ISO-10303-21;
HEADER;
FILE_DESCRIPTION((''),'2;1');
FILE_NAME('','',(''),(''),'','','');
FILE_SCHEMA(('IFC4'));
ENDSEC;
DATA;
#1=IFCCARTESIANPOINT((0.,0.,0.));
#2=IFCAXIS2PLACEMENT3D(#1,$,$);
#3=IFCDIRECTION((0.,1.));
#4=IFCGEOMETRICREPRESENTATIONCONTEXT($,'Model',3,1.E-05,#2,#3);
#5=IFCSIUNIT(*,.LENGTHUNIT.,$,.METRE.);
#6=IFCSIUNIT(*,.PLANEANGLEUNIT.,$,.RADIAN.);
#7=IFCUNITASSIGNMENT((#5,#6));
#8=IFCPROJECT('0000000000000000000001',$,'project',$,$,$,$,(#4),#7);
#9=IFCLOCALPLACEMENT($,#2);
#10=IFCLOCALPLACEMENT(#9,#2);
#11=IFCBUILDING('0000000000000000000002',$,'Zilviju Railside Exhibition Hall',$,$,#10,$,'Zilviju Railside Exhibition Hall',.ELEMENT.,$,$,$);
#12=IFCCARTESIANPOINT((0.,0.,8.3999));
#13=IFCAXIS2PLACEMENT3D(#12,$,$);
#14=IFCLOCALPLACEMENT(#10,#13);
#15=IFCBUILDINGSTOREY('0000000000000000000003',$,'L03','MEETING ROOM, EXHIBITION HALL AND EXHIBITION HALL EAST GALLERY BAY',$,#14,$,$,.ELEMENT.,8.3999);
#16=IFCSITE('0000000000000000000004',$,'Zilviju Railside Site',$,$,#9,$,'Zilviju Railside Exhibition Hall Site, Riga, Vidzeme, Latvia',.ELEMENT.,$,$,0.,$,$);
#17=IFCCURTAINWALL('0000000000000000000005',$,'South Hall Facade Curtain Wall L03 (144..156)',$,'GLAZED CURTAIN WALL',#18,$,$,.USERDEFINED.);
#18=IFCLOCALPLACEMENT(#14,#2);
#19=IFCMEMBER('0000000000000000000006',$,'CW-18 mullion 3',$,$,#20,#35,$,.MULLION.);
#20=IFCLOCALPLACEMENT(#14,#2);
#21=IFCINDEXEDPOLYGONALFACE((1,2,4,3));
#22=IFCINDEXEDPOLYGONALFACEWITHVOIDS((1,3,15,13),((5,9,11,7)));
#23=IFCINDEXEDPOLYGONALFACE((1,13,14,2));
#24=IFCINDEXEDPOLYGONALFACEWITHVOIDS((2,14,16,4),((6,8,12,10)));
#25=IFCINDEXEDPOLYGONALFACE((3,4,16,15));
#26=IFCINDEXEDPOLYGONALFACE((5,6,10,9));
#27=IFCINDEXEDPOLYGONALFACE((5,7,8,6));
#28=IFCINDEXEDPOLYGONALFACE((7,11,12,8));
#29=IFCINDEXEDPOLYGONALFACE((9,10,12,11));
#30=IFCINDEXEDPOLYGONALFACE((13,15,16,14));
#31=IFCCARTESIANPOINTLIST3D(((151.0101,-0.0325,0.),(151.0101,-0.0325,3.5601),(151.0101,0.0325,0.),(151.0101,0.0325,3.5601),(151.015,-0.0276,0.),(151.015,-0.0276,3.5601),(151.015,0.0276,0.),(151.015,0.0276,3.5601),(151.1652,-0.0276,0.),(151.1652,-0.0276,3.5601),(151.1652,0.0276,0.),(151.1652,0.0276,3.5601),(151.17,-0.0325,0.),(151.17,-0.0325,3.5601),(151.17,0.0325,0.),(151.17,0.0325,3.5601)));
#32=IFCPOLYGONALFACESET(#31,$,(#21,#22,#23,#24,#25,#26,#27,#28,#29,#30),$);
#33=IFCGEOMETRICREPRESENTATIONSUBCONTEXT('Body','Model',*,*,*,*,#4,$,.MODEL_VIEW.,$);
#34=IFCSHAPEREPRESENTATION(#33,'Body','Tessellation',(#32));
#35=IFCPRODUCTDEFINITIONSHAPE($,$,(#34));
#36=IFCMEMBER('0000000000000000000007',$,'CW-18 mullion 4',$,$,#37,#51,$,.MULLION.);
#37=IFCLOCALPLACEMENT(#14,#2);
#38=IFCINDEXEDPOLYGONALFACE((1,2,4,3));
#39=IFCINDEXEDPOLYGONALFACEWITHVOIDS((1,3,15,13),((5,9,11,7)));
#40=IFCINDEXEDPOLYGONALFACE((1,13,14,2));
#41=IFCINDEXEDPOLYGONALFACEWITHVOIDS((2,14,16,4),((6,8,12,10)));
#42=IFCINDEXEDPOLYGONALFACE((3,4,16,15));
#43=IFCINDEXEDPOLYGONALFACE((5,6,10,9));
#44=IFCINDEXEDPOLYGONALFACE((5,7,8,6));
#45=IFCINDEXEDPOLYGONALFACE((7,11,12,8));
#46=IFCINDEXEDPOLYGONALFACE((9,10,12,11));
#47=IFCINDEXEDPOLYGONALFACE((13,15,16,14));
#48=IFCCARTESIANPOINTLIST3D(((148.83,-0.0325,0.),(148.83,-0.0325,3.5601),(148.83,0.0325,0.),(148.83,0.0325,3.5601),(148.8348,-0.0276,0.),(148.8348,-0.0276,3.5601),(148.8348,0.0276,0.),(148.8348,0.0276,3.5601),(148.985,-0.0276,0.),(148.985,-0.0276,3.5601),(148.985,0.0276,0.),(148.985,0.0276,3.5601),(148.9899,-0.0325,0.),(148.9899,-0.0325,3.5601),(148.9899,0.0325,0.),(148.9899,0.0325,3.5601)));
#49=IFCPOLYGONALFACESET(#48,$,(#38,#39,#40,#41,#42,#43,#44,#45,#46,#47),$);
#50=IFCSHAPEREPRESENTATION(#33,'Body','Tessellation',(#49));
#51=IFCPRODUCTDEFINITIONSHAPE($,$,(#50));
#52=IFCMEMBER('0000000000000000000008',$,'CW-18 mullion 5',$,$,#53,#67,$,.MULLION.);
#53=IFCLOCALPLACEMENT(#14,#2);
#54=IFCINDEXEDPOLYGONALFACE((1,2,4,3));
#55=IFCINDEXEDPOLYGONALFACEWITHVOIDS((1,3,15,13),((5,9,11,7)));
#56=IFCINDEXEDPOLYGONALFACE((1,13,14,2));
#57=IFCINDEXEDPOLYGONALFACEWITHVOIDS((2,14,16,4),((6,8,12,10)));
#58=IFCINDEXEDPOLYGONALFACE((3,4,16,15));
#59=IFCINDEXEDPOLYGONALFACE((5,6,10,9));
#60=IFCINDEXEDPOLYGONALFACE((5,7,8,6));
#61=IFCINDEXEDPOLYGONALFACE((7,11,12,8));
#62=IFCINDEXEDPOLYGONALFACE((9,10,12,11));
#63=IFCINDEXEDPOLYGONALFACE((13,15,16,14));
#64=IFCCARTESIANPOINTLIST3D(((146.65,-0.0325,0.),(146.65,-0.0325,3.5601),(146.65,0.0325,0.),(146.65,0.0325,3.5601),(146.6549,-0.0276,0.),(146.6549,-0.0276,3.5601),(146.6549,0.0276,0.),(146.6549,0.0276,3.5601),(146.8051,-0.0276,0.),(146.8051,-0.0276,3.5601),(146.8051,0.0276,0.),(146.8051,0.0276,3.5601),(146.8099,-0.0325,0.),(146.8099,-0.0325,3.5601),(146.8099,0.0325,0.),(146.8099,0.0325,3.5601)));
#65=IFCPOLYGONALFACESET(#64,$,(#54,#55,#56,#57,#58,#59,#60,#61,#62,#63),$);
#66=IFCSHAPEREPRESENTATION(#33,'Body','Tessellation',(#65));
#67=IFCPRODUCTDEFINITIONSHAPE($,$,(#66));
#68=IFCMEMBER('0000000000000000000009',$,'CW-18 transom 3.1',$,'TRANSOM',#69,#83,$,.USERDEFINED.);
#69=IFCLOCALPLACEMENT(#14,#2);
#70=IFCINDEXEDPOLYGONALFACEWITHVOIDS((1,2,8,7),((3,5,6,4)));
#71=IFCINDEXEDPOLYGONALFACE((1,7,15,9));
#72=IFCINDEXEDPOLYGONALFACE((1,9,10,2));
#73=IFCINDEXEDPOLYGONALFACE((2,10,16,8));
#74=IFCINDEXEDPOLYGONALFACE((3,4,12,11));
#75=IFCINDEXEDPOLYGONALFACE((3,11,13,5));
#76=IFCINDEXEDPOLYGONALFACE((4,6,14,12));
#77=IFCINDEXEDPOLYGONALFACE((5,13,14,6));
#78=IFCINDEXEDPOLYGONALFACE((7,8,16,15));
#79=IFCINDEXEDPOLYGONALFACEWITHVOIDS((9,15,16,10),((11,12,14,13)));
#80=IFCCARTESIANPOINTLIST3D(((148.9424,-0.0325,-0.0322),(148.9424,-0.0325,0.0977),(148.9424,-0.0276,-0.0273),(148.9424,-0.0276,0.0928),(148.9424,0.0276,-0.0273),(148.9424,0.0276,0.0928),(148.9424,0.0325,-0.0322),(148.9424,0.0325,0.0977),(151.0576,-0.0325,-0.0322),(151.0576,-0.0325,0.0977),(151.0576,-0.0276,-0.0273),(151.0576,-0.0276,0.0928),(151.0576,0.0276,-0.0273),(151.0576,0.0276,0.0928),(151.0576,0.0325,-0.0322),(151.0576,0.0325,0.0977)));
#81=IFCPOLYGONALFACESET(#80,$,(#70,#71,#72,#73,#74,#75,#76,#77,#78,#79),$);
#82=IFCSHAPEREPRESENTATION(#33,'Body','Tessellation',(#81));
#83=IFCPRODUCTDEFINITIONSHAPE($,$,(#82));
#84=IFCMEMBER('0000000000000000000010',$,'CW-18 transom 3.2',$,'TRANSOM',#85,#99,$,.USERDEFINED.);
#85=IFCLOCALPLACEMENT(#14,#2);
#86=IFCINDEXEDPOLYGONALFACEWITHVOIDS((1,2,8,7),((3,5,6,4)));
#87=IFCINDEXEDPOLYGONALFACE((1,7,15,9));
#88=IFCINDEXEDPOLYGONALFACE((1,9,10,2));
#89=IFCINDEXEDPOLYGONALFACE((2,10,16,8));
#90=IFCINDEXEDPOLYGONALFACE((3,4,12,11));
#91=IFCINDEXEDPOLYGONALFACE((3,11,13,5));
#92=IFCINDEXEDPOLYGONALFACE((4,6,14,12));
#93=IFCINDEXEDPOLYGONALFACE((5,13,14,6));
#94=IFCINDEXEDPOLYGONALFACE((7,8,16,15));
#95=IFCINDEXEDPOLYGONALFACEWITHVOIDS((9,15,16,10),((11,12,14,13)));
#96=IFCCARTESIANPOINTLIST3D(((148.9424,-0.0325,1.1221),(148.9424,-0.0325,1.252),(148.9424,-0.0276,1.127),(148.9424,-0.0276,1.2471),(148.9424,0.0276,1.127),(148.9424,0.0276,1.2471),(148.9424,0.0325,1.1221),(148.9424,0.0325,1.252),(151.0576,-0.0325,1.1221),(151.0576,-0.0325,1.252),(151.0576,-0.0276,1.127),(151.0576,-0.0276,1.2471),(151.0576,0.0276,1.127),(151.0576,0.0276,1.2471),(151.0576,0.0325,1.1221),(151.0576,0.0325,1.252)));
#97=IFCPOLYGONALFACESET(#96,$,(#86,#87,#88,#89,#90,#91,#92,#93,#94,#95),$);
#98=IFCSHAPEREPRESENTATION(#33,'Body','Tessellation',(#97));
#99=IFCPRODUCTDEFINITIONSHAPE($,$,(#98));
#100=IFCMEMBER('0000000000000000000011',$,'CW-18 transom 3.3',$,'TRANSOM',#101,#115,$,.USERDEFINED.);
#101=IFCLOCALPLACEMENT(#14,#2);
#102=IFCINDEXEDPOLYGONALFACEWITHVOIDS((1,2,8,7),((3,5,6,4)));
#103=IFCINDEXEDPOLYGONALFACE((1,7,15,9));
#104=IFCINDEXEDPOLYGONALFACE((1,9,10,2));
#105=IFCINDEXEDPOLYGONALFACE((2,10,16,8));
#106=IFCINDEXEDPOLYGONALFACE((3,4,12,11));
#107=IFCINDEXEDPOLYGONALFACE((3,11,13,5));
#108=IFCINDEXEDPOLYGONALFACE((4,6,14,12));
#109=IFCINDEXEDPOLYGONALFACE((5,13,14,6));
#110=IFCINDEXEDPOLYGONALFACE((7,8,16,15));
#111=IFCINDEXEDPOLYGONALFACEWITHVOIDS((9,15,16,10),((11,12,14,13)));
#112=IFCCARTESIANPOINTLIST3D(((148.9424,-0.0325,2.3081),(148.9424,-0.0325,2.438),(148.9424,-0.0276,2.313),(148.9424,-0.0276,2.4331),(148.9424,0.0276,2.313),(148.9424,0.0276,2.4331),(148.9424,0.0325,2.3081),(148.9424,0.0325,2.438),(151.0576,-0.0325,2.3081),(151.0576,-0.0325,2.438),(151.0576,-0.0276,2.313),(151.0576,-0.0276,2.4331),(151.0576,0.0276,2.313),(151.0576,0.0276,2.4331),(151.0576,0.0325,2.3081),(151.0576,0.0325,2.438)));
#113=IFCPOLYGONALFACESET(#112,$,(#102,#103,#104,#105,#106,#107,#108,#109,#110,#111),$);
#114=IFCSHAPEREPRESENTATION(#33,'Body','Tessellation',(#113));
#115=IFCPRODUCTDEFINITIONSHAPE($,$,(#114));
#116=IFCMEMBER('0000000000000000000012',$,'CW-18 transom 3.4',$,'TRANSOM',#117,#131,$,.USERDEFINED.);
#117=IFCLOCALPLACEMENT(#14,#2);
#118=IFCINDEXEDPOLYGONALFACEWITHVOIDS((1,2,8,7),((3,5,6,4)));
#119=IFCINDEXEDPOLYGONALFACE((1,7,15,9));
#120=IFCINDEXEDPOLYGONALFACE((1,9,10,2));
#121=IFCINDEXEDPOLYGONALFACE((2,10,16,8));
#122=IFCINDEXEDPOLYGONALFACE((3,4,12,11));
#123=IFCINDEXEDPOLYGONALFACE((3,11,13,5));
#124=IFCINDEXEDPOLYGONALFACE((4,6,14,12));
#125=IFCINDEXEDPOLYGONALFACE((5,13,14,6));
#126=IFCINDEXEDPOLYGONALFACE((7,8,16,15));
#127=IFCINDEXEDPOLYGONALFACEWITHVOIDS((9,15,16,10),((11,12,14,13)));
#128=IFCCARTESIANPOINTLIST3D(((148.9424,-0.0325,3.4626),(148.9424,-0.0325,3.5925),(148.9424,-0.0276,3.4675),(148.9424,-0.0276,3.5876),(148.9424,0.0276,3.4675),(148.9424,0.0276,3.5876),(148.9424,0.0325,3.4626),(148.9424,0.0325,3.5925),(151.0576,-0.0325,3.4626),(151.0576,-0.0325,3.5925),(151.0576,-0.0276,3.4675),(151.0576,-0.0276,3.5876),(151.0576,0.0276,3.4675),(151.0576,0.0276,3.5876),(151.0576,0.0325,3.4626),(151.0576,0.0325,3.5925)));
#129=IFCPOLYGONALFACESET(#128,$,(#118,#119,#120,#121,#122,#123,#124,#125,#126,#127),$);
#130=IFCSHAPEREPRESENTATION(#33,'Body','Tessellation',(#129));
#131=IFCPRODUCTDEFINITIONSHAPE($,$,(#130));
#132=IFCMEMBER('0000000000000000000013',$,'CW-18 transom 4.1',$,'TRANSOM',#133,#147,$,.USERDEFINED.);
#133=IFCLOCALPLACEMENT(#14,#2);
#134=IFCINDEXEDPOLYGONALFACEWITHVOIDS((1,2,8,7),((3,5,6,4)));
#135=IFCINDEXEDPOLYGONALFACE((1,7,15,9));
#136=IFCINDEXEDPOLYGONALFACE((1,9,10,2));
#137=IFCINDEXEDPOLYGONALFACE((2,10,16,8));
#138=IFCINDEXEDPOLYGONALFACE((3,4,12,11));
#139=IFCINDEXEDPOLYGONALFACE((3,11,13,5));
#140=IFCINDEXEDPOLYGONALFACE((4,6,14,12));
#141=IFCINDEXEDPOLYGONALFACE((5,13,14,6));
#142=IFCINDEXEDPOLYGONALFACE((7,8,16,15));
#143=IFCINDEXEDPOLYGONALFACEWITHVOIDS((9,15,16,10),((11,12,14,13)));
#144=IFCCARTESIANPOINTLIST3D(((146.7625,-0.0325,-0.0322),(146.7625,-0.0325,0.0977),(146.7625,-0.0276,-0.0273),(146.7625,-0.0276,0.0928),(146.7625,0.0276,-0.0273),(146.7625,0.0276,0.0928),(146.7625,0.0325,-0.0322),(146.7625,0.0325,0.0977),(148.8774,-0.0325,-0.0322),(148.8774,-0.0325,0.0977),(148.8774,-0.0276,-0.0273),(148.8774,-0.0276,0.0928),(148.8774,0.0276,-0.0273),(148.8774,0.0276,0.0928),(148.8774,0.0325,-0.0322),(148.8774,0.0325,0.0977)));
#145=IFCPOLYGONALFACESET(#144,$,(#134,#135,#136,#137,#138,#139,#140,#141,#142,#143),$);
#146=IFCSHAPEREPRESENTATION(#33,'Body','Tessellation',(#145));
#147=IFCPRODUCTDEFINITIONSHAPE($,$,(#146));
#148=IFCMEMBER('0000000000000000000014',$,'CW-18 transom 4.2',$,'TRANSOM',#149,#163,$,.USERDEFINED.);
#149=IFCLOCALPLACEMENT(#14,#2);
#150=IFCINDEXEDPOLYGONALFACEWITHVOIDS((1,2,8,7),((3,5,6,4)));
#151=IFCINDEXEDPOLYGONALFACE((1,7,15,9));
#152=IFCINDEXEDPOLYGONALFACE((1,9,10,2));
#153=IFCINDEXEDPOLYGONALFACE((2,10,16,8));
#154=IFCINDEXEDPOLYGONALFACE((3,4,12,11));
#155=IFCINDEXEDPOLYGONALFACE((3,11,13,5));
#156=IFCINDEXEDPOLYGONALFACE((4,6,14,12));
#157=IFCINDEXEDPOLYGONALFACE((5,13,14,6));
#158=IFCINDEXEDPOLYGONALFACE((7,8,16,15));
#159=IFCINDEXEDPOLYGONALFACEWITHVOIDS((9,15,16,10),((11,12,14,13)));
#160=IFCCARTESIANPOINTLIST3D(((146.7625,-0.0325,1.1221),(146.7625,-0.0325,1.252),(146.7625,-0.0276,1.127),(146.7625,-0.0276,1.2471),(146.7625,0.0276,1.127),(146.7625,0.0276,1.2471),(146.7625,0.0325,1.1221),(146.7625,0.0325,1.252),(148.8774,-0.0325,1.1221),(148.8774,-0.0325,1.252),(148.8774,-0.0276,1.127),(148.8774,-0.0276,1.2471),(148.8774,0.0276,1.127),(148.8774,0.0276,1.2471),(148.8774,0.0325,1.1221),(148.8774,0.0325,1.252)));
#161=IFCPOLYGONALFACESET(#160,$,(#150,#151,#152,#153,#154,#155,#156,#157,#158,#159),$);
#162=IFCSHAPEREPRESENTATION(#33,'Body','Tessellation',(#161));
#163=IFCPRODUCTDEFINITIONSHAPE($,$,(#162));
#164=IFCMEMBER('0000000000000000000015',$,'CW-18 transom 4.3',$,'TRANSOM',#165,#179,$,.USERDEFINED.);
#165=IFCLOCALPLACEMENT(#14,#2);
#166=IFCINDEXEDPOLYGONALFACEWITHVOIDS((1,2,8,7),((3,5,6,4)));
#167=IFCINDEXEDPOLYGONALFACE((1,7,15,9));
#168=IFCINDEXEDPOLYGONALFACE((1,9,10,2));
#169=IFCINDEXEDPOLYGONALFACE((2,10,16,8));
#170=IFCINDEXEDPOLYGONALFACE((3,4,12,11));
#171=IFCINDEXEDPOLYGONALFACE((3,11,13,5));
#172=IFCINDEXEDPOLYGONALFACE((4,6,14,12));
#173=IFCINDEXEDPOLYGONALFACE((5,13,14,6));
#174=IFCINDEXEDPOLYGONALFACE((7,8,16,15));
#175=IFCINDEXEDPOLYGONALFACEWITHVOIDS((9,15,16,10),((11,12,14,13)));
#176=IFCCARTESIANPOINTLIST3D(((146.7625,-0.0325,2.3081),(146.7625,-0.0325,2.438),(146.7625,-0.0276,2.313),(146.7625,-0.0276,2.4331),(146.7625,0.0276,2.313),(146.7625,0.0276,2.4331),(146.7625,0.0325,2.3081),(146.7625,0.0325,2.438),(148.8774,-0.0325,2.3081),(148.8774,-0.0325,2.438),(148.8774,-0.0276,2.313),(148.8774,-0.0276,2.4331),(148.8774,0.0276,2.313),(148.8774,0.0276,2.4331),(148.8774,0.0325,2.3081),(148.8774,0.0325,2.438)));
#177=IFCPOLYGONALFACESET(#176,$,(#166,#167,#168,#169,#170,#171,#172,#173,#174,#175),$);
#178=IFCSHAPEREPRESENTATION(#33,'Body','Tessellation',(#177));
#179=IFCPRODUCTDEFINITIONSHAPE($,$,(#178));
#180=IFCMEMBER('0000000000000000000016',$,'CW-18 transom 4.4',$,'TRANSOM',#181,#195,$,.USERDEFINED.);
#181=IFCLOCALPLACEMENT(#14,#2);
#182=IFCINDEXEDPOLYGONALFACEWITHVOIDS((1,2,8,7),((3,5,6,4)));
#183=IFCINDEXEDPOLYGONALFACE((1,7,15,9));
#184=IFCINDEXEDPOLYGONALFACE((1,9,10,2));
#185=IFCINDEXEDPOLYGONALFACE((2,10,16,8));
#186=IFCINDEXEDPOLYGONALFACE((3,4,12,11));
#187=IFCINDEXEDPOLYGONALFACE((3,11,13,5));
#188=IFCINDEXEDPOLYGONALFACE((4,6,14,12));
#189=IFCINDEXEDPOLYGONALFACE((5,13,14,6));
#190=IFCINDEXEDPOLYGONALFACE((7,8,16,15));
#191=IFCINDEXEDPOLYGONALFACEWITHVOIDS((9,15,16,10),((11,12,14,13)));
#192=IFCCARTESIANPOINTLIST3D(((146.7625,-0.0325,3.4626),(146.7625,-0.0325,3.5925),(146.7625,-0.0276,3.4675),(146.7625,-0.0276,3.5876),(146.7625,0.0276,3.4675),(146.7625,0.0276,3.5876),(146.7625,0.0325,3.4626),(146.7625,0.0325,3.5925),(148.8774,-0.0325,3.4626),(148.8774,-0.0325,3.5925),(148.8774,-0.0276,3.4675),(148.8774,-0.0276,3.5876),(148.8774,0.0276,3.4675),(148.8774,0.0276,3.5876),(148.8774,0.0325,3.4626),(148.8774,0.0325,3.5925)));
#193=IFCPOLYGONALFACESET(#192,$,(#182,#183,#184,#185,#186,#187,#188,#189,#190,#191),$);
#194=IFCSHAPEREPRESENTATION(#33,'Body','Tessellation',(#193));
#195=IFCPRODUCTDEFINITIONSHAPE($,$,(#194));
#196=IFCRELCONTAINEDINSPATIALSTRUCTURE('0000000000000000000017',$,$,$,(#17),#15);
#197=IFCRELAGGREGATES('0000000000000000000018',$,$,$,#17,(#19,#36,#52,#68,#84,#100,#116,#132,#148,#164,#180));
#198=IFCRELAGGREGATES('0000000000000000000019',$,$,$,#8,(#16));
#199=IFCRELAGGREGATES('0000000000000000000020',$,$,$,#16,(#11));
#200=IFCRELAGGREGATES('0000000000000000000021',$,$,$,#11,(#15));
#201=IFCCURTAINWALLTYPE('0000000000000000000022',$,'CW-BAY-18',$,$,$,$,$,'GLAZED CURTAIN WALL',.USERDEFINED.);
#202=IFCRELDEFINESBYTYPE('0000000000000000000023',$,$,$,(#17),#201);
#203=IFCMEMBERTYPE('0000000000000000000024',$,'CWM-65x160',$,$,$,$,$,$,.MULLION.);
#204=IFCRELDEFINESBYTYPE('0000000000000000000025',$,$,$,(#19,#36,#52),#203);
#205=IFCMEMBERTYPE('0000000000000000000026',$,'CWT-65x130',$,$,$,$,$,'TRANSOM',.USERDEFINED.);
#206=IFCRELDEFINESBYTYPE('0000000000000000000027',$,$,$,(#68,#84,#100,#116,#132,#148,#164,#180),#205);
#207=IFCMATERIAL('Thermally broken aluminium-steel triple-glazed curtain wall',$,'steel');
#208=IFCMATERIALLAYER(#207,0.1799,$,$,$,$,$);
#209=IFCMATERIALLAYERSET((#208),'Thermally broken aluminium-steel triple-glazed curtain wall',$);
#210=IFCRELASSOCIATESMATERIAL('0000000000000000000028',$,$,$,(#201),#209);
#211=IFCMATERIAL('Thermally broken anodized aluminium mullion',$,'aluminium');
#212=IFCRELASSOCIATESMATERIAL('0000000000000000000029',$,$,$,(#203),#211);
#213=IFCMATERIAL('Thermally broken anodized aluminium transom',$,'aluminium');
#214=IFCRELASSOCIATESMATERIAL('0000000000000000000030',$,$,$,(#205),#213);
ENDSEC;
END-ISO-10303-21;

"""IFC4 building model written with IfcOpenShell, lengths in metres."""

from ifc_helpers import new_model, si_unit, direction, frame, origin, origin_2d, place, context, subcontext, project, spatial, hollow_rectangle, extrude, material, layer, layer_set, material_profile, profile_set, type_object, element, aggregate, save


model = new_model("IFC4")

# Units and contexts
model_context = context("Model", 3, precision=1e-05, world=origin(), true_north=direction((0.0, 1.0)))
body_context = subcontext(model_context, "Body", "Model", "MODEL_VIEW")
ifc_project = project(units=[si_unit("LENGTHUNIT", "METRE"), si_unit("PLANEANGLEUNIT", "RADIAN")], contexts=[model_context])

# Site, building, storey
site_placement = place(None, origin())
site = spatial("IfcSite", under=ifc_project, at=site_placement, Name="Zilviju Railside Site", LongName="Zilviju Railside Exhibition Hall Site, Riga, Vidzeme, Latvia", CompositionType="ELEMENT", RefElevation=0.0)
building_placement = place(site_placement, origin())
building = spatial("IfcBuilding", under=site, at=building_placement, Name="Zilviju Railside Exhibition Hall", LongName="Zilviju Railside Exhibition Hall", CompositionType="ELEMENT")
storey_placement = place(building_placement, frame((0.0, 0.0, 8.3999)))
storey = spatial("IfcBuildingStorey", under=building, at=storey_placement, Name="L03", Description="MEETING ROOM, EXHIBITION HALL AND EXHIBITION HALL EAST GALLERY BAY", CompositionType="ELEMENT", Elevation=8.3999)

# Curtain wall, members
ifc_material_1 = material(Name="Thermally broken aluminium-steel triple-glazed curtain wall", Category="steel")
ifc_layer_1 = layer(ifc_material_1, 0.1799)
ifc_layer_set_1 = layer_set([ifc_layer_1], Name="Thermally broken aluminium-steel triple-glazed curtain wall")
curtain_wall_type = type_object("IfcCurtainWallType", Name="CW-BAY-18", ElementType="GLAZED CURTAIN WALL", PredefinedType="USERDEFINED", material=ifc_layer_set_1)
curtain_wall_placement = place(storey_placement, origin())
curtain_wall = element("IfcCurtainWall", 1, at=curtain_wall_placement, inside=storey, type_object=curtain_wall_type, Name="South Hall Facade Curtain Wall L03 (144..156)", ObjectType="GLAZED CURTAIN WALL", PredefinedType="USERDEFINED")
ifc_material_2 = material(Name="Thermally broken anodized aluminium mullion", Category="aluminium")
ifc_material_profile_1 = material_profile(ifc_material_2, hollow_rectangle(XDim=0.0649, YDim=0.1599, WallThickness=0.0049, at=origin_2d()), Name="MULLION 160x65x5")
ifc_profile_set_1 = profile_set([ifc_material_profile_1], Name="Thermally broken anodized aluminium mullion")
member_type_1 = type_object("IfcMemberType", Name="CWM-65x160", PredefinedType="MULLION", material=ifc_profile_set_1)
member_1_placement = place(storey_placement, frame((151.0901, 0.0, 0.0), z_axis=(0.0, 0.0, 1.0), x_axis=(0.0, -1.0, 0.0)))
member_1 = element("IfcMember", 2, at=member_1_placement, type_object=member_type_1, Name="CW-18 mullion 3", PredefinedType="MULLION", context=body_context, shape_type="SweptSolid", body=[
    extrude(hollow_rectangle(XDim=0.0649, YDim=0.1599, WallThickness=0.0049, at=origin_2d()), origin(), (0.0, 0.0, 1.0), 3.5601),
])
member_2_placement = place(storey_placement, frame((148.9099, 0.0, 0.0), z_axis=(0.0, 0.0, 1.0), x_axis=(0.0, -1.0, 0.0)))
member_2 = element("IfcMember", 3, at=member_2_placement, type_object=member_type_1, Name="CW-18 mullion 4", PredefinedType="MULLION", context=body_context, shape_type="SweptSolid", body=[
    extrude(hollow_rectangle(XDim=0.0649, YDim=0.1599, WallThickness=0.0049, at=origin_2d()), origin(), (0.0, 0.0, 1.0), 3.5601),
])
member_3_placement = place(storey_placement, frame((146.73, 0.0, 0.0), z_axis=(0.0, 0.0, 1.0), x_axis=(0.0, -1.0, 0.0)))
member_3 = element("IfcMember", 4, at=member_3_placement, type_object=member_type_1, Name="CW-18 mullion 5", PredefinedType="MULLION", context=body_context, shape_type="SweptSolid", body=[
    extrude(hollow_rectangle(XDim=0.0649, YDim=0.1599, WallThickness=0.0049, at=origin_2d()), origin(), (0.0, 0.0, 1.0), 3.5601),
])
ifc_material_3 = material(Name="Thermally broken anodized aluminium transom", Category="aluminium")
ifc_material_profile_2 = material_profile(ifc_material_3, hollow_rectangle(XDim=0.0649, YDim=0.1299, WallThickness=0.0049, at=origin_2d()), Name="TRANSOM 130x65x5")
ifc_profile_set_2 = profile_set([ifc_material_profile_2], Name="Thermally broken anodized aluminium transom")
member_type_2 = type_object("IfcMemberType", Name="CWT-65x130", ElementType="TRANSOM", PredefinedType="USERDEFINED", material=ifc_profile_set_2)
member_4_placement = place(storey_placement, frame((151.0576, 0.0, 0.0327), z_axis=(-1.0, 0.0, 0.0), x_axis=(0.0, -1.0, 0.0)))
member_4 = element("IfcMember", 5, at=member_4_placement, type_object=member_type_2, Name="CW-18 transom 3.1", ObjectType="TRANSOM", PredefinedType="USERDEFINED", context=body_context, shape_type="SweptSolid", body=[
    extrude(hollow_rectangle(XDim=0.0649, YDim=0.1299, WallThickness=0.0049, at=origin_2d()), origin(), (0.0, 0.0, 1.0), 2.1152),
])
member_5_placement = place(storey_placement, frame((151.0576, 0.0, 1.187), z_axis=(-1.0, 0.0, 0.0), x_axis=(0.0, -1.0, 0.0)))
member_5 = element("IfcMember", 6, at=member_5_placement, type_object=member_type_2, Name="CW-18 transom 3.2", ObjectType="TRANSOM", PredefinedType="USERDEFINED", context=body_context, shape_type="SweptSolid", body=[
    extrude(hollow_rectangle(XDim=0.0649, YDim=0.1299, WallThickness=0.0049, at=origin_2d()), origin(), (0.0, 0.0, 1.0), 2.1152),
])
member_6_placement = place(storey_placement, frame((151.0576, 0.0, 2.373), z_axis=(-1.0, 0.0, 0.0), x_axis=(0.0, -1.0, 0.0)))
member_6 = element("IfcMember", 7, at=member_6_placement, type_object=member_type_2, Name="CW-18 transom 3.3", ObjectType="TRANSOM", PredefinedType="USERDEFINED", context=body_context, shape_type="SweptSolid", body=[
    extrude(hollow_rectangle(XDim=0.0649, YDim=0.1299, WallThickness=0.0049, at=origin_2d()), origin(), (0.0, 0.0, 1.0), 2.1152),
])
member_7_placement = place(storey_placement, frame((151.0576, 0.0, 3.5276), z_axis=(-1.0, 0.0, 0.0), x_axis=(0.0, -1.0, 0.0)))
member_7 = element("IfcMember", 8, at=member_7_placement, type_object=member_type_2, Name="CW-18 transom 3.4", ObjectType="TRANSOM", PredefinedType="USERDEFINED", context=body_context, shape_type="SweptSolid", body=[
    extrude(hollow_rectangle(XDim=0.0649, YDim=0.1299, WallThickness=0.0049, at=origin_2d()), origin(), (0.0, 0.0, 1.0), 2.1152),
])
member_8_placement = place(storey_placement, frame((148.8774, 0.0, 0.0327), z_axis=(-1.0, 0.0, 0.0), x_axis=(0.0, -1.0, 0.0)))
member_8 = element("IfcMember", 9, at=member_8_placement, type_object=member_type_2, Name="CW-18 transom 4.1", ObjectType="TRANSOM", PredefinedType="USERDEFINED", context=body_context, shape_type="SweptSolid", body=[
    extrude(hollow_rectangle(XDim=0.0649, YDim=0.1299, WallThickness=0.0049, at=origin_2d()), origin(), (0.0, 0.0, 1.0), 2.115),
])
member_9_placement = place(storey_placement, frame((148.8774, 0.0, 1.187), z_axis=(-1.0, 0.0, 0.0), x_axis=(0.0, -1.0, 0.0)))
member_9 = element("IfcMember", 10, at=member_9_placement, type_object=member_type_2, Name="CW-18 transom 4.2", ObjectType="TRANSOM", PredefinedType="USERDEFINED", context=body_context, shape_type="SweptSolid", body=[
    extrude(hollow_rectangle(XDim=0.0649, YDim=0.1299, WallThickness=0.0049, at=origin_2d()), origin(), (0.0, 0.0, 1.0), 2.115),
])
member_10_placement = place(storey_placement, frame((148.8774, 0.0, 2.373), z_axis=(-1.0, 0.0, 0.0), x_axis=(0.0, -1.0, 0.0)))
member_10 = element("IfcMember", 11, at=member_10_placement, type_object=member_type_2, Name="CW-18 transom 4.3", ObjectType="TRANSOM", PredefinedType="USERDEFINED", context=body_context, shape_type="SweptSolid", body=[
    extrude(hollow_rectangle(XDim=0.0649, YDim=0.1299, WallThickness=0.0049, at=origin_2d()), origin(), (0.0, 0.0, 1.0), 2.115),
])
member_11_placement = place(storey_placement, frame((148.8774, 0.0, 3.5276), z_axis=(-1.0, 0.0, 0.0), x_axis=(0.0, -1.0, 0.0)))
member_11 = element("IfcMember", 12, at=member_11_placement, type_object=member_type_2, Name="CW-18 transom 4.4", ObjectType="TRANSOM", PredefinedType="USERDEFINED", context=body_context, shape_type="SweptSolid", body=[
    extrude(hollow_rectangle(XDim=0.0649, YDim=0.1299, WallThickness=0.0049, at=origin_2d()), origin(), (0.0, 0.0, 1.0), 2.115),
])
aggregate(curtain_wall, [member_1, member_2, member_3, member_4, member_5, member_6, member_7, member_8, member_9, member_10, member_11])

save(model, "model.ifc")
